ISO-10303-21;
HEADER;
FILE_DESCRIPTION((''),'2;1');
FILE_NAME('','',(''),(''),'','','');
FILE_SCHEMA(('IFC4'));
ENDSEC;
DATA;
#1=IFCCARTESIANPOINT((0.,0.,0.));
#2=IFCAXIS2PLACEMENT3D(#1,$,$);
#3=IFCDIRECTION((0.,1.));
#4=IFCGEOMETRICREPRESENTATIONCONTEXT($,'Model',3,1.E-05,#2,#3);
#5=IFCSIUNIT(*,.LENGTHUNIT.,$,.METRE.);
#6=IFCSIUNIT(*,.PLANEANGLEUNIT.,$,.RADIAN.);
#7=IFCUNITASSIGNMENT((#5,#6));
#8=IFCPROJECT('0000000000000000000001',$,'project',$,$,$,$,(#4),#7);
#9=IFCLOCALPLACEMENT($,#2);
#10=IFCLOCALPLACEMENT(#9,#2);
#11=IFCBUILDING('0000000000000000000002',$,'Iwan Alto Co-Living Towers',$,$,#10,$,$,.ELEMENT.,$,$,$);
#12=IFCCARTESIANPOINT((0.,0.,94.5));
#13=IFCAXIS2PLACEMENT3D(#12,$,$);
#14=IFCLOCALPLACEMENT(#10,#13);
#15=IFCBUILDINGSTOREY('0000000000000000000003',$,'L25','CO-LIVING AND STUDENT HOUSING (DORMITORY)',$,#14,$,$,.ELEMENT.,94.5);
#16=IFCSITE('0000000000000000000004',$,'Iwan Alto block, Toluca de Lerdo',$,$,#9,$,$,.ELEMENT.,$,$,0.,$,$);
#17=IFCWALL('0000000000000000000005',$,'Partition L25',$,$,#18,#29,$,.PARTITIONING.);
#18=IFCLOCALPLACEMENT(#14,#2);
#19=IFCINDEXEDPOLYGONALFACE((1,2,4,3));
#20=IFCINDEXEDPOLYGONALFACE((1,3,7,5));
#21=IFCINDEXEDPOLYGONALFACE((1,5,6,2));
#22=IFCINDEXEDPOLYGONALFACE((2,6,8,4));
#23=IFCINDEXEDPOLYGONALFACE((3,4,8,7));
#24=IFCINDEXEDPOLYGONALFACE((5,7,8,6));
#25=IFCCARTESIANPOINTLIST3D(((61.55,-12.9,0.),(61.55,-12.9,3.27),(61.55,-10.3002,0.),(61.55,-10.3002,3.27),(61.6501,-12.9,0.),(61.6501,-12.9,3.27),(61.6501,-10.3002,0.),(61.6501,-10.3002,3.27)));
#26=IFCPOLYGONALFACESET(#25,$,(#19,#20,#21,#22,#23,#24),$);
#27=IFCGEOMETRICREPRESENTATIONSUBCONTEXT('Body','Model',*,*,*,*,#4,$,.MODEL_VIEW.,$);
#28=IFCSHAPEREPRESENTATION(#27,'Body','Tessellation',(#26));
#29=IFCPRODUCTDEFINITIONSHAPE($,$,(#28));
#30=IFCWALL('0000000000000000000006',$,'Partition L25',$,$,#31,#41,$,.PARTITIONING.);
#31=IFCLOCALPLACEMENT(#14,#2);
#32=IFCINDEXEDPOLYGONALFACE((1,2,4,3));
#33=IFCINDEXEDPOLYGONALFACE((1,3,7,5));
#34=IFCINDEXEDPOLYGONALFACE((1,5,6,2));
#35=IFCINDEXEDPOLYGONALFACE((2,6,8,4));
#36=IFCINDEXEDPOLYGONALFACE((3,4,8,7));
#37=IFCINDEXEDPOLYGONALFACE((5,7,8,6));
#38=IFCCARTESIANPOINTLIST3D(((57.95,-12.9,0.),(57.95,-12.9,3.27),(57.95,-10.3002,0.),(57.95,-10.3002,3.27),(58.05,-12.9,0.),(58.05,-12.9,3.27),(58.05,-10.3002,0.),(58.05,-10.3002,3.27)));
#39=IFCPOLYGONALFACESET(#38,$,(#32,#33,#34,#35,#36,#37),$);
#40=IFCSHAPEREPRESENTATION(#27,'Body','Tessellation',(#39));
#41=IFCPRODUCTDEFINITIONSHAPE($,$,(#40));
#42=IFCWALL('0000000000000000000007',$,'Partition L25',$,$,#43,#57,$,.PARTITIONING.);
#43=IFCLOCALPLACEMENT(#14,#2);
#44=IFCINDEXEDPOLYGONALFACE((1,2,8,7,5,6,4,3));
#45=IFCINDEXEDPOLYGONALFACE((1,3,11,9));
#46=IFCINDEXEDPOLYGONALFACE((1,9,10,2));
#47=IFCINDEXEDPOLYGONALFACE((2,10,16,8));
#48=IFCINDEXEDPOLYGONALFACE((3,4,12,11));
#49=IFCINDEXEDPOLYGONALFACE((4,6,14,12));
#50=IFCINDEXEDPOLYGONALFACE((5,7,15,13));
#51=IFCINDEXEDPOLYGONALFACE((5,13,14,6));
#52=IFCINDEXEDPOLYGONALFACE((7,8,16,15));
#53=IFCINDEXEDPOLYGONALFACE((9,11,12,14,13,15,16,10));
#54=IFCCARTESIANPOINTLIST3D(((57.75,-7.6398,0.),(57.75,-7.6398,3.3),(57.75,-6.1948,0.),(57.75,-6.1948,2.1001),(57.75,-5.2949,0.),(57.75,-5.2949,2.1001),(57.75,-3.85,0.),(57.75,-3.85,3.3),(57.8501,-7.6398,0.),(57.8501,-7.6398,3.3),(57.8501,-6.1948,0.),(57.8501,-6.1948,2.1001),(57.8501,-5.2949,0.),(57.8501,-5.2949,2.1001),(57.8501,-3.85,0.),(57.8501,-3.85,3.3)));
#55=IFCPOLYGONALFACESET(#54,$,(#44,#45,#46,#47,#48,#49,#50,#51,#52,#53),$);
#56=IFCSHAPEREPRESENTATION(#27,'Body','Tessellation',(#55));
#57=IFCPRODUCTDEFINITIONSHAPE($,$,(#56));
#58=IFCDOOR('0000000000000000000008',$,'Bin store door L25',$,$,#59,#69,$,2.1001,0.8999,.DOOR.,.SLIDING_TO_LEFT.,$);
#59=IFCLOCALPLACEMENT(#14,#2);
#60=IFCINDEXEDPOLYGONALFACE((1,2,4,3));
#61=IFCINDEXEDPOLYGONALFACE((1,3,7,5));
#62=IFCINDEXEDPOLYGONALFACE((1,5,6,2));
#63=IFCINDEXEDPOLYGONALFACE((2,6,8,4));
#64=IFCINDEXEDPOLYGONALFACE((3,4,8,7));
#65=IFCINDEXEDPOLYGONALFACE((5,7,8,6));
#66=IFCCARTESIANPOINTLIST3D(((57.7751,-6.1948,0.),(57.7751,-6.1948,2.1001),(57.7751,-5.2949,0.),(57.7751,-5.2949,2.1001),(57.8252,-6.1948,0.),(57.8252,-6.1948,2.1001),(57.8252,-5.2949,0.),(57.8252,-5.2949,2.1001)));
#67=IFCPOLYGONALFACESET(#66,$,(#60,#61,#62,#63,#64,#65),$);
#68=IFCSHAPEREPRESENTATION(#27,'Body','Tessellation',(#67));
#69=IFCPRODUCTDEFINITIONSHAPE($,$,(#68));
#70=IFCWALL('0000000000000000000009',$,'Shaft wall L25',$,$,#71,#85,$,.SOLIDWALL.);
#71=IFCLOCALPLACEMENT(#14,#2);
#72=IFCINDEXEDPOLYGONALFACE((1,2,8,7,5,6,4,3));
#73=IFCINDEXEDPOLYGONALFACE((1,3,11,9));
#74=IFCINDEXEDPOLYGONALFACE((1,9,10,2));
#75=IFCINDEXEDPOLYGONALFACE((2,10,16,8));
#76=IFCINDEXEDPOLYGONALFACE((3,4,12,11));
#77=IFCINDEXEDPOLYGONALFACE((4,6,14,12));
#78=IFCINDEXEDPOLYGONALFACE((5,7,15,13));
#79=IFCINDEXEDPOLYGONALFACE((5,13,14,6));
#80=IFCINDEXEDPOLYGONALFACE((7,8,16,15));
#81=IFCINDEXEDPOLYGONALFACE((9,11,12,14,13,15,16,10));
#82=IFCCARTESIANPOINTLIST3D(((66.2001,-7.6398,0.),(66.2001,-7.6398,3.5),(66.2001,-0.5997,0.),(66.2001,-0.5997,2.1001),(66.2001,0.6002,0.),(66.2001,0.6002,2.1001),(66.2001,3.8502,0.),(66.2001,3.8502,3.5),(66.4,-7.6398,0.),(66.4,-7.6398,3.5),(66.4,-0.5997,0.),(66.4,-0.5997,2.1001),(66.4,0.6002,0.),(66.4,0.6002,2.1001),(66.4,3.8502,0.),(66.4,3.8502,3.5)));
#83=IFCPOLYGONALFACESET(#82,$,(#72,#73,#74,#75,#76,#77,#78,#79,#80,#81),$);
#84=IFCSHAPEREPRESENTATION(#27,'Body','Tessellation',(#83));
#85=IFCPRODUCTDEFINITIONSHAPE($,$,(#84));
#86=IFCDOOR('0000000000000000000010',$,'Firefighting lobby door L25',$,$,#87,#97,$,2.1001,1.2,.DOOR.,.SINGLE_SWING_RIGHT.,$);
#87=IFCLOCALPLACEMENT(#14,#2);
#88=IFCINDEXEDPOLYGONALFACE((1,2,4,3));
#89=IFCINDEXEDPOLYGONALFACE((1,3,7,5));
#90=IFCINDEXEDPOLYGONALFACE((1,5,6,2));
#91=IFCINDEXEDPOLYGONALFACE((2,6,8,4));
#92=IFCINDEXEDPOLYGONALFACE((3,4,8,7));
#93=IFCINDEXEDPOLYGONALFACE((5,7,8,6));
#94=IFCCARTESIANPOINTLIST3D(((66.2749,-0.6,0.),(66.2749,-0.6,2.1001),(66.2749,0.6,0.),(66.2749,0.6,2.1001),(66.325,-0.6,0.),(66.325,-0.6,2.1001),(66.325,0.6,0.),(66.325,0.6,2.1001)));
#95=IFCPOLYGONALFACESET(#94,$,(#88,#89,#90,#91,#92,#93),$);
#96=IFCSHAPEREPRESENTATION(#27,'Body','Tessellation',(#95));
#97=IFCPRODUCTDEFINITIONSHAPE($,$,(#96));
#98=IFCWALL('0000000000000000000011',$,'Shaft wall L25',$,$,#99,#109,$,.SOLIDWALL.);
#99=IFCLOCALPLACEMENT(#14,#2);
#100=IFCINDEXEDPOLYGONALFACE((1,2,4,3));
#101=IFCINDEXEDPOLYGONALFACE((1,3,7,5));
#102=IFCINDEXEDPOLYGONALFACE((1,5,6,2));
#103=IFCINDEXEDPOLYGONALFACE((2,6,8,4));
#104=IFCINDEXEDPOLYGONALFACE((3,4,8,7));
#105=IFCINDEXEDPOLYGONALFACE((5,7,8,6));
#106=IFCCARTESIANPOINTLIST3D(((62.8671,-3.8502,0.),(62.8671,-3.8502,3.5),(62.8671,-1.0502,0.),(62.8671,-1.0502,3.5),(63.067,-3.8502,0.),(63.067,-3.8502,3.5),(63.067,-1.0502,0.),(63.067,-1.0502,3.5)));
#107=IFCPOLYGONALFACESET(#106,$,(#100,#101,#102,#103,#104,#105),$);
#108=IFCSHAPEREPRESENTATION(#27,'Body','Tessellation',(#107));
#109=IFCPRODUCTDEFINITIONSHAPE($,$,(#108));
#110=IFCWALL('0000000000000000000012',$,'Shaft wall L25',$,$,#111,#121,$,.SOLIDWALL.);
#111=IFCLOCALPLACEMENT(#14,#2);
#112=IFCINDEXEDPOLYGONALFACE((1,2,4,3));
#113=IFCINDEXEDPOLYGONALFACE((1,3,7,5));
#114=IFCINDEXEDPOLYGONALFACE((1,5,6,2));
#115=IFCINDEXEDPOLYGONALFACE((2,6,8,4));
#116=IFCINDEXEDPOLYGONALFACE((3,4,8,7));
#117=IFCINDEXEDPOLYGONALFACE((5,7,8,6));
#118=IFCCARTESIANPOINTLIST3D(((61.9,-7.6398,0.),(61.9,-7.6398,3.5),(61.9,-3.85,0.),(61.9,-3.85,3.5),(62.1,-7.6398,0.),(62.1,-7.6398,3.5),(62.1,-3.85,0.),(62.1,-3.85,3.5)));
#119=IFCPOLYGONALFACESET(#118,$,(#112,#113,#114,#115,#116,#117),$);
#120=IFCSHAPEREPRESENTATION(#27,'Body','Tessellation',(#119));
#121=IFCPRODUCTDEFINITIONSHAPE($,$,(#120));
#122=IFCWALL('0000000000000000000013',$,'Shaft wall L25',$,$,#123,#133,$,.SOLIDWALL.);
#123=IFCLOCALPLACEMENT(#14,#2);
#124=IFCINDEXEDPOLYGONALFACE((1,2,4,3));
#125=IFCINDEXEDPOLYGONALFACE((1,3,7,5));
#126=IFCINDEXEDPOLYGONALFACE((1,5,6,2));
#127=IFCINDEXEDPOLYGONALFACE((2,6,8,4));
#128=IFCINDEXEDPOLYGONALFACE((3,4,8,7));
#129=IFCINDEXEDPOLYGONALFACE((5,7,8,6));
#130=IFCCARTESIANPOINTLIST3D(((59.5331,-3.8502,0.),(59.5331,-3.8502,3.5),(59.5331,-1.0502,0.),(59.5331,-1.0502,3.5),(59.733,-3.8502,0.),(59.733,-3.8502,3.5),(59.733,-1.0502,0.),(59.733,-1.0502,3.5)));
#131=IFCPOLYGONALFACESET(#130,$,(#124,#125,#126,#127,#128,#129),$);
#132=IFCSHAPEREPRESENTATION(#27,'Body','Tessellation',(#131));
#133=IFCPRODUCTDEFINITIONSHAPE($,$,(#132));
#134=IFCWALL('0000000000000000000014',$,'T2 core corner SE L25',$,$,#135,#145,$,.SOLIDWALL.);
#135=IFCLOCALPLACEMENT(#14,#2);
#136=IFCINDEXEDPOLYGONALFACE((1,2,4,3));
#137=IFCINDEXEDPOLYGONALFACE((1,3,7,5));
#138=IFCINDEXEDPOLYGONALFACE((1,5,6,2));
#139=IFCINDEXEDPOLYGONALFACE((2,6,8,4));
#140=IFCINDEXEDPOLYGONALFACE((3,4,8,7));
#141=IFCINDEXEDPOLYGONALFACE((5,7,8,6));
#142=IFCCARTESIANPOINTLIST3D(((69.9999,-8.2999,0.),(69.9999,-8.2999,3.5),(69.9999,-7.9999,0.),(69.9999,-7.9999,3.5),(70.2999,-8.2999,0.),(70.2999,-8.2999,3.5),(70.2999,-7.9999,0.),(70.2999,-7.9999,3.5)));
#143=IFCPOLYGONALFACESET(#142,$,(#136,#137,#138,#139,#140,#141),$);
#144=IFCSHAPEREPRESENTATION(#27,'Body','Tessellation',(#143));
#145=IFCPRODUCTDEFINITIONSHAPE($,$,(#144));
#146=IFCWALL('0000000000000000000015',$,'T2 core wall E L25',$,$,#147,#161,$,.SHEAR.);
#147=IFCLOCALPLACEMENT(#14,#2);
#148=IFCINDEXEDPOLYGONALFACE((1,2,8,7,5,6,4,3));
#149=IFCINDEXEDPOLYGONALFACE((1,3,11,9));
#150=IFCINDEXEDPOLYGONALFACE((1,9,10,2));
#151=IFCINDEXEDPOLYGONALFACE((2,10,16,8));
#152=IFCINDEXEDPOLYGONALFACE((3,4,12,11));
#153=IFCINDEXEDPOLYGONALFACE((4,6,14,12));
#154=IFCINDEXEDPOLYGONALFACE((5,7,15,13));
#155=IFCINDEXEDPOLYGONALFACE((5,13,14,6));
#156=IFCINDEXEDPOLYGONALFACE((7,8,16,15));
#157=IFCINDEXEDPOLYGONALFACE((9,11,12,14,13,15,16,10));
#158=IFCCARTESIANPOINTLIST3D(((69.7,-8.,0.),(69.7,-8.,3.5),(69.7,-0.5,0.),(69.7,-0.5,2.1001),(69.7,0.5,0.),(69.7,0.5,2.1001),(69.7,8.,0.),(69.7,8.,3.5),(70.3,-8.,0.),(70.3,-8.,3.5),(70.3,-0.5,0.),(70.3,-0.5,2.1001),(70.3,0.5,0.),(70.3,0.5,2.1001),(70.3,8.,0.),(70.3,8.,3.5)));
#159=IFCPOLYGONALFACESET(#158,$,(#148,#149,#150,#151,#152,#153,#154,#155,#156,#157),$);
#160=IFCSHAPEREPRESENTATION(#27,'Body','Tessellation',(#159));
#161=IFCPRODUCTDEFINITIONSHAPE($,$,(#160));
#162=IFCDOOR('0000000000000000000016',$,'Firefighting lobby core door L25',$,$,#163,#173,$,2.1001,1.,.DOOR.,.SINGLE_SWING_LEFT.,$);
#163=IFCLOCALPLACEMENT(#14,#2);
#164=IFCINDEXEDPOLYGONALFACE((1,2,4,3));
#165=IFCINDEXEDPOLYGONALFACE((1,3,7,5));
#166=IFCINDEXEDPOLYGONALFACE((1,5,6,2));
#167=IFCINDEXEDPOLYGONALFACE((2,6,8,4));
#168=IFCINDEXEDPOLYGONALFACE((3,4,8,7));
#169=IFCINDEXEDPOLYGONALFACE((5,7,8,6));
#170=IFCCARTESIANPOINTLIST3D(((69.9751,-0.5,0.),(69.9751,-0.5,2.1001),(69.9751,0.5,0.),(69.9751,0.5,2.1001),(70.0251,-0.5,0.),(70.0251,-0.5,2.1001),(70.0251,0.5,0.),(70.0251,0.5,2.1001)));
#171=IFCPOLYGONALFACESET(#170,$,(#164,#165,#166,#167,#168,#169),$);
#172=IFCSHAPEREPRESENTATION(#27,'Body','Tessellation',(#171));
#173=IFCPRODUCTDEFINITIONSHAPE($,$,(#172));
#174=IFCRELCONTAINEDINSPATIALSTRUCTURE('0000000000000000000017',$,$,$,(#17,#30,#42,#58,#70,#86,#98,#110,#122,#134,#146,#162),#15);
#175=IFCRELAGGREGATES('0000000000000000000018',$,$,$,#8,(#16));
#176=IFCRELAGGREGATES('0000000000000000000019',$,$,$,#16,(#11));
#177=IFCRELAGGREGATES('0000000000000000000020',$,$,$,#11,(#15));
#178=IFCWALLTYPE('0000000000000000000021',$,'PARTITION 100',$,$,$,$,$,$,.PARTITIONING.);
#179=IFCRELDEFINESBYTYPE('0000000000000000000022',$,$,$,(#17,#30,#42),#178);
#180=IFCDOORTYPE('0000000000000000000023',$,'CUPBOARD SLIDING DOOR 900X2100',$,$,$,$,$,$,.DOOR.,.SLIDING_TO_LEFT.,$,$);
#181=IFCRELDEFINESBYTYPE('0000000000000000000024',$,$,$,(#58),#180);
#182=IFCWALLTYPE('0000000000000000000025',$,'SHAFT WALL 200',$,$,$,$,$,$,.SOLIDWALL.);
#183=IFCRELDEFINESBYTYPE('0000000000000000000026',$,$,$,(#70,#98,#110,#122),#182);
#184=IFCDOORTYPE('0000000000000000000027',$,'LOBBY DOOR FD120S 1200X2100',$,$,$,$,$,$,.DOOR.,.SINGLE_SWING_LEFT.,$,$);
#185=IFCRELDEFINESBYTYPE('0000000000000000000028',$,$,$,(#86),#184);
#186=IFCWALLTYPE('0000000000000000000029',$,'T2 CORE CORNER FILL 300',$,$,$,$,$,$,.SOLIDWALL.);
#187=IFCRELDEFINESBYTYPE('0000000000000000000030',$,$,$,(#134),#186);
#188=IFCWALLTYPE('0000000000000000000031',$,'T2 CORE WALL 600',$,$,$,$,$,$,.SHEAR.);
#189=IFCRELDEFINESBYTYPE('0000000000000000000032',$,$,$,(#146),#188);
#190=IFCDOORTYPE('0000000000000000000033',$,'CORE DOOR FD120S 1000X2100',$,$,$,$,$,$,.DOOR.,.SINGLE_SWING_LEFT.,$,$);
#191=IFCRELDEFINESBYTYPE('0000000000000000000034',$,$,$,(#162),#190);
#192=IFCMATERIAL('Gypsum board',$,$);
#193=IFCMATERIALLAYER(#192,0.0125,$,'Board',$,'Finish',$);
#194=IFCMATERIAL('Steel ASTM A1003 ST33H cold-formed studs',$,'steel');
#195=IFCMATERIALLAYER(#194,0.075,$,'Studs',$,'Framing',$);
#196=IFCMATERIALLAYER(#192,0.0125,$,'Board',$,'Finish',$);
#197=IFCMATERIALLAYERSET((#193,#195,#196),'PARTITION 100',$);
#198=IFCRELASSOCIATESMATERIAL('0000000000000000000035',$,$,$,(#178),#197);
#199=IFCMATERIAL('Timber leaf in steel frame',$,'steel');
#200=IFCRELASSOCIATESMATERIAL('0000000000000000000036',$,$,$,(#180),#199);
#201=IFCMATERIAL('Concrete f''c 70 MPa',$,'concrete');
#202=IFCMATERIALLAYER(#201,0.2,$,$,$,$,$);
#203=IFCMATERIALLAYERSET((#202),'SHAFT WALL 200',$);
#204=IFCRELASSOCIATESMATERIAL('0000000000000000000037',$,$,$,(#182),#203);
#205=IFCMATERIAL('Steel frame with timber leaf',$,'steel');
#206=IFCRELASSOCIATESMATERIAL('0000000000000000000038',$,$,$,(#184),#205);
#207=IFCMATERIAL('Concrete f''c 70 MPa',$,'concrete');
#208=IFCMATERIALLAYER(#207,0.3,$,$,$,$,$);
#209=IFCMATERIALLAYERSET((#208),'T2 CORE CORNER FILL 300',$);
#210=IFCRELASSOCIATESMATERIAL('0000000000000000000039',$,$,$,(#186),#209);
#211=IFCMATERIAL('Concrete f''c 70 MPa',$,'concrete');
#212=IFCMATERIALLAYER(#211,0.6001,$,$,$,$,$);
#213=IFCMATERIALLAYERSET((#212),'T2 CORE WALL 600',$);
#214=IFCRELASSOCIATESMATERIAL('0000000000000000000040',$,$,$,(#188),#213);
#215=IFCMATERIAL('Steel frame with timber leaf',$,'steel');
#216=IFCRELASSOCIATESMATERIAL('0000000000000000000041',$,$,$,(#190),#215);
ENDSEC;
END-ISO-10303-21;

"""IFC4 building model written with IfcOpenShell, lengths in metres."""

from ifc_helpers import new_model, si_unit, direction, frame, frame_2d, origin, place, context, subcontext, project, spatial, rectangle, extrude, material, layer, layer_set, type_object, element, fill, save


model = new_model("IFC4")

# Units and contexts
model_context = context("Model", 3, precision=1e-05, world=origin(), true_north=direction((0.0, 1.0)))
body_context = subcontext(model_context, "Body", "Model", "MODEL_VIEW")
ifc_project = project(units=[si_unit("LENGTHUNIT", "METRE"), si_unit("PLANEANGLEUNIT", "RADIAN")], contexts=[model_context])

# Site, building, storey
site_placement = place(None, origin())
site = spatial("IfcSite", under=ifc_project, at=site_placement, Name="Iwan Alto block, Toluca de Lerdo", CompositionType="ELEMENT", RefElevation=0.0)
building_placement = place(site_placement, origin())
building = spatial("IfcBuilding", under=site, at=building_placement, Name="Iwan Alto Co-Living Towers", CompositionType="ELEMENT")
storey_placement = place(building_placement, frame((0.0, 0.0, 94.5)))
storey = spatial("IfcBuildingStorey", under=building, at=storey_placement, Name="L25", Description="CO-LIVING AND STUDENT HOUSING (DORMITORY)", CompositionType="ELEMENT", Elevation=94.5)

# Shared definitions
ifc_material_1 = material(Name="Gypsum board")
ifc_layer_1 = layer(ifc_material_1, 0.0125, Name="Board", Category="Finish")
ifc_material_2 = material(Name="Steel ASTM A1003 ST33H cold-formed studs", Category="steel")
ifc_layer_2 = layer(ifc_material_2, 0.075, Name="Studs", Category="Framing")
ifc_layer_3 = layer(ifc_material_1, 0.0125, Name="Board", Category="Finish")
ifc_layer_set_1 = layer_set([ifc_layer_1, ifc_layer_2, ifc_layer_3], Name="PARTITION 100")
wall_type_1 = type_object("IfcWallType", Name="PARTITION 100", PredefinedType="PARTITIONING", material=ifc_layer_set_1)

# Walls
for number, where, z_axis, x_axis, name in (
    (1, (61.6001, -12.8999, 0.0), (0.0, 0.0, 1.0), (0.0, 1.0, 0.0), "Partition L25"),
    (2, (58.0, -12.8999, 0.0), (0.0, 0.0, 1.0), (0.0, 1.0, 0.0), "Partition L25"),
):
    element("IfcWall", number, at=place(storey_placement, frame(where, z_axis=z_axis, x_axis=x_axis)), inside=storey, type_object=wall_type_1, Name=name, PredefinedType="PARTITIONING", context=body_context, shape_type="SweptSolid", body=[
        extrude(rectangle(XDim=2.5999, YDim=0.1001, at=frame_2d((1.2998, 0.0))), origin(), (0.0, 0.0, 1.0), 3.27),
    ])

# Walls, openings, doors
wall_1_placement = place(storey_placement, frame((57.8, -7.6399, 0.0), z_axis=(0.0, 0.0, 1.0), x_axis=(0.0, 1.0, 0.0)))
wall_1 = element("IfcWall", 3, at=wall_1_placement, inside=storey, type_object=wall_type_1, Name="Partition L25", PredefinedType="PARTITIONING", context=body_context, shape_type="SweptSolid", body=[
    extrude(rectangle(XDim=3.7898, YDim=0.1001, at=frame_2d((1.895, 0.0))), origin(), (0.0, 0.0, 1.0), 3.3),
])
opening_1_placement = place(wall_1_placement, frame((1.4451, 0.0, 0.0)))
opening_1 = element("IfcOpeningElement", 4, at=opening_1_placement, cuts=wall_1, PredefinedType="OPENING", context=body_context, shape_type="SweptSolid", body=[
    extrude(rectangle(XDim=0.8999, YDim=2.1001, at=frame_2d((0.45, 1.05))), frame((0.0, 0.0601, 0.0), z_axis=(0.0, -1.0, 0.0), x_axis=(1.0, 0.0, 0.0)), (0.0, 0.0, 1.0), 0.1201),
])
ifc_material_3 = material(Name="Timber leaf in steel frame", Category="steel")
door_type_1 = type_object("IfcDoorType", Name="CUPBOARD SLIDING DOOR 900X2100", OperationType="SLIDING_TO_LEFT", PredefinedType="DOOR", material=ifc_material_3)
door_1_placement = place(opening_1_placement, origin())
door_1 = element("IfcDoor", 5, at=door_1_placement, inside=storey, type_object=door_type_1, Name="Bin store door L25", OperationType="SLIDING_TO_LEFT", OverallHeight=2.1001, OverallWidth=0.8999, PredefinedType="DOOR", context=body_context, shape_type="SweptSolid", body=[
    extrude(rectangle(XDim=0.8999, YDim=2.1001, at=frame_2d((0.45, 1.05))), frame((0.0, 0.0249, 0.0), z_axis=(0.0, -1.0, 0.0), x_axis=(1.0, 0.0, 0.0)), (0.0, 0.0, 1.0), 0.05),
])
fill(opening_1, door_1)
ifc_material_4 = material(Name="Concrete f'c 70 MPa", Category="concrete")
ifc_layer_4 = layer(ifc_material_4, 0.2)
ifc_layer_set_2 = layer_set([ifc_layer_4], Name="SHAFT WALL 200")
wall_type_2 = type_object("IfcWallType", Name="SHAFT WALL 200", PredefinedType="SOLIDWALL", material=ifc_layer_set_2)
wall_2_placement = place(storey_placement, frame((66.3, -7.6399, 0.0), z_axis=(0.0, 0.0, 1.0), x_axis=(0.0, 1.0, 0.0)))
wall_2 = element("IfcWall", 6, at=wall_2_placement, inside=storey, type_object=wall_type_2, Name="Shaft wall L25", PredefinedType="SOLIDWALL", context=body_context, shape_type="SweptSolid", body=[
    extrude(rectangle(XDim=11.49, YDim=0.2, at=frame_2d((5.7451, 0.0))), origin(), (0.0, 0.0, 1.0), 3.5),
])
opening_2_placement = place(wall_2_placement, frame((7.04, 0.0, 0.0)))
opening_2 = element("IfcOpeningElement", 7, at=opening_2_placement, cuts=wall_2, PredefinedType="OPENING", context=body_context, shape_type="SweptSolid", body=[
    extrude(rectangle(XDim=1.2, YDim=2.1001, at=frame_2d((0.6001, 1.05))), frame((0.0, 0.1099, 0.0), z_axis=(0.0, -1.0, 0.0), x_axis=(1.0, 0.0, 0.0)), (0.0, 0.0, 1.0), 0.22),
])
ifc_material_5 = material(Name="Steel frame with timber leaf", Category="steel")
door_type_2 = type_object("IfcDoorType", Name="LOBBY DOOR FD120S 1200X2100", OperationType="SINGLE_SWING_LEFT", PredefinedType="DOOR", material=ifc_material_5)
door_2_placement = place(opening_2_placement, frame((1.2, 0.0, 0.0), z_axis=(0.0, 0.0, 1.0), x_axis=(-1.0, 0.0, 0.0)))
door_2 = element("IfcDoor", 8, at=door_2_placement, inside=storey, type_object=door_type_2, Name="Firefighting lobby door L25", OperationType="SINGLE_SWING_RIGHT", OverallHeight=2.1001, OverallWidth=1.2, PredefinedType="DOOR", context=body_context, shape_type="SweptSolid", body=[
    extrude(rectangle(XDim=1.2, YDim=2.1001, at=frame_2d((0.6001, 1.05))), frame((0.0, 0.0249, 0.0), z_axis=(0.0, -1.0, 0.0), x_axis=(1.0, 0.0, 0.0)), (0.0, 0.0, 1.0), 0.05),
])
fill(opening_2, door_2)

# Walls
wall_3_placement = place(storey_placement, frame((62.967, -3.8501, 0.0), z_axis=(0.0, 0.0, 1.0), x_axis=(0.0, 1.0, 0.0)))
element("IfcWall", 9, at=wall_3_placement, inside=storey, type_object=wall_type_2, Name="Shaft wall L25", PredefinedType="SOLIDWALL", context=body_context, shape_type="SweptSolid", body=[
    extrude(rectangle(XDim=2.8, YDim=0.2, at=frame_2d((1.3999, 0.0))), origin(), (0.0, 0.0, 1.0), 3.5),
])
wall_4_placement = place(storey_placement, frame((62.0, -7.6399, 0.0), z_axis=(0.0, 0.0, 1.0), x_axis=(0.0, 1.0, 0.0)))
element("IfcWall", 10, at=wall_4_placement, inside=storey, type_object=wall_type_2, Name="Shaft wall L25", PredefinedType="SOLIDWALL", context=body_context, shape_type="SweptSolid", body=[
    extrude(rectangle(XDim=3.7898, YDim=0.2, at=frame_2d((1.895, 0.0))), origin(), (0.0, 0.0, 1.0), 3.5),
])
wall_5_placement = place(storey_placement, frame((59.6331, -3.8501, 0.0), z_axis=(0.0, 0.0, 1.0), x_axis=(0.0, 1.0, 0.0)))
element("IfcWall", 11, at=wall_5_placement, inside=storey, type_object=wall_type_2, Name="Shaft wall L25", PredefinedType="SOLIDWALL", context=body_context, shape_type="SweptSolid", body=[
    extrude(rectangle(XDim=2.8, YDim=0.2, at=frame_2d((1.3999, 0.0))), origin(), (0.0, 0.0, 1.0), 3.5),
])
ifc_material_6 = material(Name="Concrete f'c 70 MPa", Category="concrete")
ifc_layer_5 = layer(ifc_material_6, 0.3)
ifc_layer_set_3 = layer_set([ifc_layer_5], Name="T2 CORE CORNER FILL 300")
wall_type_3 = type_object("IfcWallType", Name="T2 CORE CORNER FILL 300", PredefinedType="SOLIDWALL", material=ifc_layer_set_3)
wall_6_placement = place(storey_placement, frame((70.0, -8.1499, 0.0), z_axis=(0.0, 0.0, 1.0), x_axis=(1.0, 0.0, 0.0)))
element("IfcWall", 12, at=wall_6_placement, inside=storey, type_object=wall_type_3, Name="T2 core corner SE L25", PredefinedType="SOLIDWALL", context=body_context, shape_type="SweptSolid", body=[
    extrude(rectangle(XDim=0.3, YDim=0.3, at=frame_2d((0.1499, 0.0))), origin(), (0.0, 0.0, 1.0), 3.5),
])

# Wall, opening, door
ifc_material_7 = material(Name="Concrete f'c 70 MPa", Category="concrete")
ifc_layer_6 = layer(ifc_material_7, 0.6001)
ifc_layer_set_4 = layer_set([ifc_layer_6], Name="T2 CORE WALL 600")
wall_type_4 = type_object("IfcWallType", Name="T2 CORE WALL 600", PredefinedType="SHEAR", material=ifc_layer_set_4)
wall_7_placement = place(storey_placement, frame((70.0, -8.0, 0.0), z_axis=(0.0, 0.0, 1.0), x_axis=(0.0, 1.0, 0.0)))
wall_7 = element("IfcWall", 13, at=wall_7_placement, inside=storey, type_object=wall_type_4, Name="T2 core wall E L25", PredefinedType="SHEAR", context=body_context, shape_type="SweptSolid", body=[
    extrude(rectangle(XDim=16.0, YDim=0.6001, at=frame_2d((8.0, 0.0))), origin(), (0.0, 0.0, 1.0), 3.5),
])
opening_3_placement = place(wall_7_placement, frame((7.5, 0.0, 0.0)))
opening_3 = element("IfcOpeningElement", 14, at=opening_3_placement, cuts=wall_7, PredefinedType="OPENING", context=body_context, shape_type="SweptSolid", body=[
    extrude(rectangle(XDim=1.0, YDim=2.1001, at=frame_2d((0.5, 1.05))), frame((0.0, 0.3101, 0.0), z_axis=(0.0, -1.0, 0.0), x_axis=(1.0, 0.0, 0.0)), (0.0, 0.0, 1.0), 0.6201),
])
ifc_material_8 = material(Name="Steel frame with timber leaf", Category="steel")
door_type_3 = type_object("IfcDoorType", Name="CORE DOOR FD120S 1000X2100", OperationType="SINGLE_SWING_LEFT", PredefinedType="DOOR", material=ifc_material_8)
door_3_placement = place(opening_3_placement, origin())
door_3 = element("IfcDoor", 15, at=door_3_placement, inside=storey, type_object=door_type_3, Name="Firefighting lobby core door L25", OperationType="SINGLE_SWING_LEFT", OverallHeight=2.1001, OverallWidth=1.0, PredefinedType="DOOR", context=body_context, shape_type="SweptSolid", body=[
    extrude(rectangle(XDim=1.0, YDim=2.1001, at=frame_2d((0.5, 1.05))), frame((0.0, 0.0249, 0.0), z_axis=(0.0, -1.0, 0.0), x_axis=(1.0, 0.0, 0.0)), (0.0, 0.0, 1.0), 0.05),
])
fill(opening_3, door_3)

save(model, "model.ifc")
